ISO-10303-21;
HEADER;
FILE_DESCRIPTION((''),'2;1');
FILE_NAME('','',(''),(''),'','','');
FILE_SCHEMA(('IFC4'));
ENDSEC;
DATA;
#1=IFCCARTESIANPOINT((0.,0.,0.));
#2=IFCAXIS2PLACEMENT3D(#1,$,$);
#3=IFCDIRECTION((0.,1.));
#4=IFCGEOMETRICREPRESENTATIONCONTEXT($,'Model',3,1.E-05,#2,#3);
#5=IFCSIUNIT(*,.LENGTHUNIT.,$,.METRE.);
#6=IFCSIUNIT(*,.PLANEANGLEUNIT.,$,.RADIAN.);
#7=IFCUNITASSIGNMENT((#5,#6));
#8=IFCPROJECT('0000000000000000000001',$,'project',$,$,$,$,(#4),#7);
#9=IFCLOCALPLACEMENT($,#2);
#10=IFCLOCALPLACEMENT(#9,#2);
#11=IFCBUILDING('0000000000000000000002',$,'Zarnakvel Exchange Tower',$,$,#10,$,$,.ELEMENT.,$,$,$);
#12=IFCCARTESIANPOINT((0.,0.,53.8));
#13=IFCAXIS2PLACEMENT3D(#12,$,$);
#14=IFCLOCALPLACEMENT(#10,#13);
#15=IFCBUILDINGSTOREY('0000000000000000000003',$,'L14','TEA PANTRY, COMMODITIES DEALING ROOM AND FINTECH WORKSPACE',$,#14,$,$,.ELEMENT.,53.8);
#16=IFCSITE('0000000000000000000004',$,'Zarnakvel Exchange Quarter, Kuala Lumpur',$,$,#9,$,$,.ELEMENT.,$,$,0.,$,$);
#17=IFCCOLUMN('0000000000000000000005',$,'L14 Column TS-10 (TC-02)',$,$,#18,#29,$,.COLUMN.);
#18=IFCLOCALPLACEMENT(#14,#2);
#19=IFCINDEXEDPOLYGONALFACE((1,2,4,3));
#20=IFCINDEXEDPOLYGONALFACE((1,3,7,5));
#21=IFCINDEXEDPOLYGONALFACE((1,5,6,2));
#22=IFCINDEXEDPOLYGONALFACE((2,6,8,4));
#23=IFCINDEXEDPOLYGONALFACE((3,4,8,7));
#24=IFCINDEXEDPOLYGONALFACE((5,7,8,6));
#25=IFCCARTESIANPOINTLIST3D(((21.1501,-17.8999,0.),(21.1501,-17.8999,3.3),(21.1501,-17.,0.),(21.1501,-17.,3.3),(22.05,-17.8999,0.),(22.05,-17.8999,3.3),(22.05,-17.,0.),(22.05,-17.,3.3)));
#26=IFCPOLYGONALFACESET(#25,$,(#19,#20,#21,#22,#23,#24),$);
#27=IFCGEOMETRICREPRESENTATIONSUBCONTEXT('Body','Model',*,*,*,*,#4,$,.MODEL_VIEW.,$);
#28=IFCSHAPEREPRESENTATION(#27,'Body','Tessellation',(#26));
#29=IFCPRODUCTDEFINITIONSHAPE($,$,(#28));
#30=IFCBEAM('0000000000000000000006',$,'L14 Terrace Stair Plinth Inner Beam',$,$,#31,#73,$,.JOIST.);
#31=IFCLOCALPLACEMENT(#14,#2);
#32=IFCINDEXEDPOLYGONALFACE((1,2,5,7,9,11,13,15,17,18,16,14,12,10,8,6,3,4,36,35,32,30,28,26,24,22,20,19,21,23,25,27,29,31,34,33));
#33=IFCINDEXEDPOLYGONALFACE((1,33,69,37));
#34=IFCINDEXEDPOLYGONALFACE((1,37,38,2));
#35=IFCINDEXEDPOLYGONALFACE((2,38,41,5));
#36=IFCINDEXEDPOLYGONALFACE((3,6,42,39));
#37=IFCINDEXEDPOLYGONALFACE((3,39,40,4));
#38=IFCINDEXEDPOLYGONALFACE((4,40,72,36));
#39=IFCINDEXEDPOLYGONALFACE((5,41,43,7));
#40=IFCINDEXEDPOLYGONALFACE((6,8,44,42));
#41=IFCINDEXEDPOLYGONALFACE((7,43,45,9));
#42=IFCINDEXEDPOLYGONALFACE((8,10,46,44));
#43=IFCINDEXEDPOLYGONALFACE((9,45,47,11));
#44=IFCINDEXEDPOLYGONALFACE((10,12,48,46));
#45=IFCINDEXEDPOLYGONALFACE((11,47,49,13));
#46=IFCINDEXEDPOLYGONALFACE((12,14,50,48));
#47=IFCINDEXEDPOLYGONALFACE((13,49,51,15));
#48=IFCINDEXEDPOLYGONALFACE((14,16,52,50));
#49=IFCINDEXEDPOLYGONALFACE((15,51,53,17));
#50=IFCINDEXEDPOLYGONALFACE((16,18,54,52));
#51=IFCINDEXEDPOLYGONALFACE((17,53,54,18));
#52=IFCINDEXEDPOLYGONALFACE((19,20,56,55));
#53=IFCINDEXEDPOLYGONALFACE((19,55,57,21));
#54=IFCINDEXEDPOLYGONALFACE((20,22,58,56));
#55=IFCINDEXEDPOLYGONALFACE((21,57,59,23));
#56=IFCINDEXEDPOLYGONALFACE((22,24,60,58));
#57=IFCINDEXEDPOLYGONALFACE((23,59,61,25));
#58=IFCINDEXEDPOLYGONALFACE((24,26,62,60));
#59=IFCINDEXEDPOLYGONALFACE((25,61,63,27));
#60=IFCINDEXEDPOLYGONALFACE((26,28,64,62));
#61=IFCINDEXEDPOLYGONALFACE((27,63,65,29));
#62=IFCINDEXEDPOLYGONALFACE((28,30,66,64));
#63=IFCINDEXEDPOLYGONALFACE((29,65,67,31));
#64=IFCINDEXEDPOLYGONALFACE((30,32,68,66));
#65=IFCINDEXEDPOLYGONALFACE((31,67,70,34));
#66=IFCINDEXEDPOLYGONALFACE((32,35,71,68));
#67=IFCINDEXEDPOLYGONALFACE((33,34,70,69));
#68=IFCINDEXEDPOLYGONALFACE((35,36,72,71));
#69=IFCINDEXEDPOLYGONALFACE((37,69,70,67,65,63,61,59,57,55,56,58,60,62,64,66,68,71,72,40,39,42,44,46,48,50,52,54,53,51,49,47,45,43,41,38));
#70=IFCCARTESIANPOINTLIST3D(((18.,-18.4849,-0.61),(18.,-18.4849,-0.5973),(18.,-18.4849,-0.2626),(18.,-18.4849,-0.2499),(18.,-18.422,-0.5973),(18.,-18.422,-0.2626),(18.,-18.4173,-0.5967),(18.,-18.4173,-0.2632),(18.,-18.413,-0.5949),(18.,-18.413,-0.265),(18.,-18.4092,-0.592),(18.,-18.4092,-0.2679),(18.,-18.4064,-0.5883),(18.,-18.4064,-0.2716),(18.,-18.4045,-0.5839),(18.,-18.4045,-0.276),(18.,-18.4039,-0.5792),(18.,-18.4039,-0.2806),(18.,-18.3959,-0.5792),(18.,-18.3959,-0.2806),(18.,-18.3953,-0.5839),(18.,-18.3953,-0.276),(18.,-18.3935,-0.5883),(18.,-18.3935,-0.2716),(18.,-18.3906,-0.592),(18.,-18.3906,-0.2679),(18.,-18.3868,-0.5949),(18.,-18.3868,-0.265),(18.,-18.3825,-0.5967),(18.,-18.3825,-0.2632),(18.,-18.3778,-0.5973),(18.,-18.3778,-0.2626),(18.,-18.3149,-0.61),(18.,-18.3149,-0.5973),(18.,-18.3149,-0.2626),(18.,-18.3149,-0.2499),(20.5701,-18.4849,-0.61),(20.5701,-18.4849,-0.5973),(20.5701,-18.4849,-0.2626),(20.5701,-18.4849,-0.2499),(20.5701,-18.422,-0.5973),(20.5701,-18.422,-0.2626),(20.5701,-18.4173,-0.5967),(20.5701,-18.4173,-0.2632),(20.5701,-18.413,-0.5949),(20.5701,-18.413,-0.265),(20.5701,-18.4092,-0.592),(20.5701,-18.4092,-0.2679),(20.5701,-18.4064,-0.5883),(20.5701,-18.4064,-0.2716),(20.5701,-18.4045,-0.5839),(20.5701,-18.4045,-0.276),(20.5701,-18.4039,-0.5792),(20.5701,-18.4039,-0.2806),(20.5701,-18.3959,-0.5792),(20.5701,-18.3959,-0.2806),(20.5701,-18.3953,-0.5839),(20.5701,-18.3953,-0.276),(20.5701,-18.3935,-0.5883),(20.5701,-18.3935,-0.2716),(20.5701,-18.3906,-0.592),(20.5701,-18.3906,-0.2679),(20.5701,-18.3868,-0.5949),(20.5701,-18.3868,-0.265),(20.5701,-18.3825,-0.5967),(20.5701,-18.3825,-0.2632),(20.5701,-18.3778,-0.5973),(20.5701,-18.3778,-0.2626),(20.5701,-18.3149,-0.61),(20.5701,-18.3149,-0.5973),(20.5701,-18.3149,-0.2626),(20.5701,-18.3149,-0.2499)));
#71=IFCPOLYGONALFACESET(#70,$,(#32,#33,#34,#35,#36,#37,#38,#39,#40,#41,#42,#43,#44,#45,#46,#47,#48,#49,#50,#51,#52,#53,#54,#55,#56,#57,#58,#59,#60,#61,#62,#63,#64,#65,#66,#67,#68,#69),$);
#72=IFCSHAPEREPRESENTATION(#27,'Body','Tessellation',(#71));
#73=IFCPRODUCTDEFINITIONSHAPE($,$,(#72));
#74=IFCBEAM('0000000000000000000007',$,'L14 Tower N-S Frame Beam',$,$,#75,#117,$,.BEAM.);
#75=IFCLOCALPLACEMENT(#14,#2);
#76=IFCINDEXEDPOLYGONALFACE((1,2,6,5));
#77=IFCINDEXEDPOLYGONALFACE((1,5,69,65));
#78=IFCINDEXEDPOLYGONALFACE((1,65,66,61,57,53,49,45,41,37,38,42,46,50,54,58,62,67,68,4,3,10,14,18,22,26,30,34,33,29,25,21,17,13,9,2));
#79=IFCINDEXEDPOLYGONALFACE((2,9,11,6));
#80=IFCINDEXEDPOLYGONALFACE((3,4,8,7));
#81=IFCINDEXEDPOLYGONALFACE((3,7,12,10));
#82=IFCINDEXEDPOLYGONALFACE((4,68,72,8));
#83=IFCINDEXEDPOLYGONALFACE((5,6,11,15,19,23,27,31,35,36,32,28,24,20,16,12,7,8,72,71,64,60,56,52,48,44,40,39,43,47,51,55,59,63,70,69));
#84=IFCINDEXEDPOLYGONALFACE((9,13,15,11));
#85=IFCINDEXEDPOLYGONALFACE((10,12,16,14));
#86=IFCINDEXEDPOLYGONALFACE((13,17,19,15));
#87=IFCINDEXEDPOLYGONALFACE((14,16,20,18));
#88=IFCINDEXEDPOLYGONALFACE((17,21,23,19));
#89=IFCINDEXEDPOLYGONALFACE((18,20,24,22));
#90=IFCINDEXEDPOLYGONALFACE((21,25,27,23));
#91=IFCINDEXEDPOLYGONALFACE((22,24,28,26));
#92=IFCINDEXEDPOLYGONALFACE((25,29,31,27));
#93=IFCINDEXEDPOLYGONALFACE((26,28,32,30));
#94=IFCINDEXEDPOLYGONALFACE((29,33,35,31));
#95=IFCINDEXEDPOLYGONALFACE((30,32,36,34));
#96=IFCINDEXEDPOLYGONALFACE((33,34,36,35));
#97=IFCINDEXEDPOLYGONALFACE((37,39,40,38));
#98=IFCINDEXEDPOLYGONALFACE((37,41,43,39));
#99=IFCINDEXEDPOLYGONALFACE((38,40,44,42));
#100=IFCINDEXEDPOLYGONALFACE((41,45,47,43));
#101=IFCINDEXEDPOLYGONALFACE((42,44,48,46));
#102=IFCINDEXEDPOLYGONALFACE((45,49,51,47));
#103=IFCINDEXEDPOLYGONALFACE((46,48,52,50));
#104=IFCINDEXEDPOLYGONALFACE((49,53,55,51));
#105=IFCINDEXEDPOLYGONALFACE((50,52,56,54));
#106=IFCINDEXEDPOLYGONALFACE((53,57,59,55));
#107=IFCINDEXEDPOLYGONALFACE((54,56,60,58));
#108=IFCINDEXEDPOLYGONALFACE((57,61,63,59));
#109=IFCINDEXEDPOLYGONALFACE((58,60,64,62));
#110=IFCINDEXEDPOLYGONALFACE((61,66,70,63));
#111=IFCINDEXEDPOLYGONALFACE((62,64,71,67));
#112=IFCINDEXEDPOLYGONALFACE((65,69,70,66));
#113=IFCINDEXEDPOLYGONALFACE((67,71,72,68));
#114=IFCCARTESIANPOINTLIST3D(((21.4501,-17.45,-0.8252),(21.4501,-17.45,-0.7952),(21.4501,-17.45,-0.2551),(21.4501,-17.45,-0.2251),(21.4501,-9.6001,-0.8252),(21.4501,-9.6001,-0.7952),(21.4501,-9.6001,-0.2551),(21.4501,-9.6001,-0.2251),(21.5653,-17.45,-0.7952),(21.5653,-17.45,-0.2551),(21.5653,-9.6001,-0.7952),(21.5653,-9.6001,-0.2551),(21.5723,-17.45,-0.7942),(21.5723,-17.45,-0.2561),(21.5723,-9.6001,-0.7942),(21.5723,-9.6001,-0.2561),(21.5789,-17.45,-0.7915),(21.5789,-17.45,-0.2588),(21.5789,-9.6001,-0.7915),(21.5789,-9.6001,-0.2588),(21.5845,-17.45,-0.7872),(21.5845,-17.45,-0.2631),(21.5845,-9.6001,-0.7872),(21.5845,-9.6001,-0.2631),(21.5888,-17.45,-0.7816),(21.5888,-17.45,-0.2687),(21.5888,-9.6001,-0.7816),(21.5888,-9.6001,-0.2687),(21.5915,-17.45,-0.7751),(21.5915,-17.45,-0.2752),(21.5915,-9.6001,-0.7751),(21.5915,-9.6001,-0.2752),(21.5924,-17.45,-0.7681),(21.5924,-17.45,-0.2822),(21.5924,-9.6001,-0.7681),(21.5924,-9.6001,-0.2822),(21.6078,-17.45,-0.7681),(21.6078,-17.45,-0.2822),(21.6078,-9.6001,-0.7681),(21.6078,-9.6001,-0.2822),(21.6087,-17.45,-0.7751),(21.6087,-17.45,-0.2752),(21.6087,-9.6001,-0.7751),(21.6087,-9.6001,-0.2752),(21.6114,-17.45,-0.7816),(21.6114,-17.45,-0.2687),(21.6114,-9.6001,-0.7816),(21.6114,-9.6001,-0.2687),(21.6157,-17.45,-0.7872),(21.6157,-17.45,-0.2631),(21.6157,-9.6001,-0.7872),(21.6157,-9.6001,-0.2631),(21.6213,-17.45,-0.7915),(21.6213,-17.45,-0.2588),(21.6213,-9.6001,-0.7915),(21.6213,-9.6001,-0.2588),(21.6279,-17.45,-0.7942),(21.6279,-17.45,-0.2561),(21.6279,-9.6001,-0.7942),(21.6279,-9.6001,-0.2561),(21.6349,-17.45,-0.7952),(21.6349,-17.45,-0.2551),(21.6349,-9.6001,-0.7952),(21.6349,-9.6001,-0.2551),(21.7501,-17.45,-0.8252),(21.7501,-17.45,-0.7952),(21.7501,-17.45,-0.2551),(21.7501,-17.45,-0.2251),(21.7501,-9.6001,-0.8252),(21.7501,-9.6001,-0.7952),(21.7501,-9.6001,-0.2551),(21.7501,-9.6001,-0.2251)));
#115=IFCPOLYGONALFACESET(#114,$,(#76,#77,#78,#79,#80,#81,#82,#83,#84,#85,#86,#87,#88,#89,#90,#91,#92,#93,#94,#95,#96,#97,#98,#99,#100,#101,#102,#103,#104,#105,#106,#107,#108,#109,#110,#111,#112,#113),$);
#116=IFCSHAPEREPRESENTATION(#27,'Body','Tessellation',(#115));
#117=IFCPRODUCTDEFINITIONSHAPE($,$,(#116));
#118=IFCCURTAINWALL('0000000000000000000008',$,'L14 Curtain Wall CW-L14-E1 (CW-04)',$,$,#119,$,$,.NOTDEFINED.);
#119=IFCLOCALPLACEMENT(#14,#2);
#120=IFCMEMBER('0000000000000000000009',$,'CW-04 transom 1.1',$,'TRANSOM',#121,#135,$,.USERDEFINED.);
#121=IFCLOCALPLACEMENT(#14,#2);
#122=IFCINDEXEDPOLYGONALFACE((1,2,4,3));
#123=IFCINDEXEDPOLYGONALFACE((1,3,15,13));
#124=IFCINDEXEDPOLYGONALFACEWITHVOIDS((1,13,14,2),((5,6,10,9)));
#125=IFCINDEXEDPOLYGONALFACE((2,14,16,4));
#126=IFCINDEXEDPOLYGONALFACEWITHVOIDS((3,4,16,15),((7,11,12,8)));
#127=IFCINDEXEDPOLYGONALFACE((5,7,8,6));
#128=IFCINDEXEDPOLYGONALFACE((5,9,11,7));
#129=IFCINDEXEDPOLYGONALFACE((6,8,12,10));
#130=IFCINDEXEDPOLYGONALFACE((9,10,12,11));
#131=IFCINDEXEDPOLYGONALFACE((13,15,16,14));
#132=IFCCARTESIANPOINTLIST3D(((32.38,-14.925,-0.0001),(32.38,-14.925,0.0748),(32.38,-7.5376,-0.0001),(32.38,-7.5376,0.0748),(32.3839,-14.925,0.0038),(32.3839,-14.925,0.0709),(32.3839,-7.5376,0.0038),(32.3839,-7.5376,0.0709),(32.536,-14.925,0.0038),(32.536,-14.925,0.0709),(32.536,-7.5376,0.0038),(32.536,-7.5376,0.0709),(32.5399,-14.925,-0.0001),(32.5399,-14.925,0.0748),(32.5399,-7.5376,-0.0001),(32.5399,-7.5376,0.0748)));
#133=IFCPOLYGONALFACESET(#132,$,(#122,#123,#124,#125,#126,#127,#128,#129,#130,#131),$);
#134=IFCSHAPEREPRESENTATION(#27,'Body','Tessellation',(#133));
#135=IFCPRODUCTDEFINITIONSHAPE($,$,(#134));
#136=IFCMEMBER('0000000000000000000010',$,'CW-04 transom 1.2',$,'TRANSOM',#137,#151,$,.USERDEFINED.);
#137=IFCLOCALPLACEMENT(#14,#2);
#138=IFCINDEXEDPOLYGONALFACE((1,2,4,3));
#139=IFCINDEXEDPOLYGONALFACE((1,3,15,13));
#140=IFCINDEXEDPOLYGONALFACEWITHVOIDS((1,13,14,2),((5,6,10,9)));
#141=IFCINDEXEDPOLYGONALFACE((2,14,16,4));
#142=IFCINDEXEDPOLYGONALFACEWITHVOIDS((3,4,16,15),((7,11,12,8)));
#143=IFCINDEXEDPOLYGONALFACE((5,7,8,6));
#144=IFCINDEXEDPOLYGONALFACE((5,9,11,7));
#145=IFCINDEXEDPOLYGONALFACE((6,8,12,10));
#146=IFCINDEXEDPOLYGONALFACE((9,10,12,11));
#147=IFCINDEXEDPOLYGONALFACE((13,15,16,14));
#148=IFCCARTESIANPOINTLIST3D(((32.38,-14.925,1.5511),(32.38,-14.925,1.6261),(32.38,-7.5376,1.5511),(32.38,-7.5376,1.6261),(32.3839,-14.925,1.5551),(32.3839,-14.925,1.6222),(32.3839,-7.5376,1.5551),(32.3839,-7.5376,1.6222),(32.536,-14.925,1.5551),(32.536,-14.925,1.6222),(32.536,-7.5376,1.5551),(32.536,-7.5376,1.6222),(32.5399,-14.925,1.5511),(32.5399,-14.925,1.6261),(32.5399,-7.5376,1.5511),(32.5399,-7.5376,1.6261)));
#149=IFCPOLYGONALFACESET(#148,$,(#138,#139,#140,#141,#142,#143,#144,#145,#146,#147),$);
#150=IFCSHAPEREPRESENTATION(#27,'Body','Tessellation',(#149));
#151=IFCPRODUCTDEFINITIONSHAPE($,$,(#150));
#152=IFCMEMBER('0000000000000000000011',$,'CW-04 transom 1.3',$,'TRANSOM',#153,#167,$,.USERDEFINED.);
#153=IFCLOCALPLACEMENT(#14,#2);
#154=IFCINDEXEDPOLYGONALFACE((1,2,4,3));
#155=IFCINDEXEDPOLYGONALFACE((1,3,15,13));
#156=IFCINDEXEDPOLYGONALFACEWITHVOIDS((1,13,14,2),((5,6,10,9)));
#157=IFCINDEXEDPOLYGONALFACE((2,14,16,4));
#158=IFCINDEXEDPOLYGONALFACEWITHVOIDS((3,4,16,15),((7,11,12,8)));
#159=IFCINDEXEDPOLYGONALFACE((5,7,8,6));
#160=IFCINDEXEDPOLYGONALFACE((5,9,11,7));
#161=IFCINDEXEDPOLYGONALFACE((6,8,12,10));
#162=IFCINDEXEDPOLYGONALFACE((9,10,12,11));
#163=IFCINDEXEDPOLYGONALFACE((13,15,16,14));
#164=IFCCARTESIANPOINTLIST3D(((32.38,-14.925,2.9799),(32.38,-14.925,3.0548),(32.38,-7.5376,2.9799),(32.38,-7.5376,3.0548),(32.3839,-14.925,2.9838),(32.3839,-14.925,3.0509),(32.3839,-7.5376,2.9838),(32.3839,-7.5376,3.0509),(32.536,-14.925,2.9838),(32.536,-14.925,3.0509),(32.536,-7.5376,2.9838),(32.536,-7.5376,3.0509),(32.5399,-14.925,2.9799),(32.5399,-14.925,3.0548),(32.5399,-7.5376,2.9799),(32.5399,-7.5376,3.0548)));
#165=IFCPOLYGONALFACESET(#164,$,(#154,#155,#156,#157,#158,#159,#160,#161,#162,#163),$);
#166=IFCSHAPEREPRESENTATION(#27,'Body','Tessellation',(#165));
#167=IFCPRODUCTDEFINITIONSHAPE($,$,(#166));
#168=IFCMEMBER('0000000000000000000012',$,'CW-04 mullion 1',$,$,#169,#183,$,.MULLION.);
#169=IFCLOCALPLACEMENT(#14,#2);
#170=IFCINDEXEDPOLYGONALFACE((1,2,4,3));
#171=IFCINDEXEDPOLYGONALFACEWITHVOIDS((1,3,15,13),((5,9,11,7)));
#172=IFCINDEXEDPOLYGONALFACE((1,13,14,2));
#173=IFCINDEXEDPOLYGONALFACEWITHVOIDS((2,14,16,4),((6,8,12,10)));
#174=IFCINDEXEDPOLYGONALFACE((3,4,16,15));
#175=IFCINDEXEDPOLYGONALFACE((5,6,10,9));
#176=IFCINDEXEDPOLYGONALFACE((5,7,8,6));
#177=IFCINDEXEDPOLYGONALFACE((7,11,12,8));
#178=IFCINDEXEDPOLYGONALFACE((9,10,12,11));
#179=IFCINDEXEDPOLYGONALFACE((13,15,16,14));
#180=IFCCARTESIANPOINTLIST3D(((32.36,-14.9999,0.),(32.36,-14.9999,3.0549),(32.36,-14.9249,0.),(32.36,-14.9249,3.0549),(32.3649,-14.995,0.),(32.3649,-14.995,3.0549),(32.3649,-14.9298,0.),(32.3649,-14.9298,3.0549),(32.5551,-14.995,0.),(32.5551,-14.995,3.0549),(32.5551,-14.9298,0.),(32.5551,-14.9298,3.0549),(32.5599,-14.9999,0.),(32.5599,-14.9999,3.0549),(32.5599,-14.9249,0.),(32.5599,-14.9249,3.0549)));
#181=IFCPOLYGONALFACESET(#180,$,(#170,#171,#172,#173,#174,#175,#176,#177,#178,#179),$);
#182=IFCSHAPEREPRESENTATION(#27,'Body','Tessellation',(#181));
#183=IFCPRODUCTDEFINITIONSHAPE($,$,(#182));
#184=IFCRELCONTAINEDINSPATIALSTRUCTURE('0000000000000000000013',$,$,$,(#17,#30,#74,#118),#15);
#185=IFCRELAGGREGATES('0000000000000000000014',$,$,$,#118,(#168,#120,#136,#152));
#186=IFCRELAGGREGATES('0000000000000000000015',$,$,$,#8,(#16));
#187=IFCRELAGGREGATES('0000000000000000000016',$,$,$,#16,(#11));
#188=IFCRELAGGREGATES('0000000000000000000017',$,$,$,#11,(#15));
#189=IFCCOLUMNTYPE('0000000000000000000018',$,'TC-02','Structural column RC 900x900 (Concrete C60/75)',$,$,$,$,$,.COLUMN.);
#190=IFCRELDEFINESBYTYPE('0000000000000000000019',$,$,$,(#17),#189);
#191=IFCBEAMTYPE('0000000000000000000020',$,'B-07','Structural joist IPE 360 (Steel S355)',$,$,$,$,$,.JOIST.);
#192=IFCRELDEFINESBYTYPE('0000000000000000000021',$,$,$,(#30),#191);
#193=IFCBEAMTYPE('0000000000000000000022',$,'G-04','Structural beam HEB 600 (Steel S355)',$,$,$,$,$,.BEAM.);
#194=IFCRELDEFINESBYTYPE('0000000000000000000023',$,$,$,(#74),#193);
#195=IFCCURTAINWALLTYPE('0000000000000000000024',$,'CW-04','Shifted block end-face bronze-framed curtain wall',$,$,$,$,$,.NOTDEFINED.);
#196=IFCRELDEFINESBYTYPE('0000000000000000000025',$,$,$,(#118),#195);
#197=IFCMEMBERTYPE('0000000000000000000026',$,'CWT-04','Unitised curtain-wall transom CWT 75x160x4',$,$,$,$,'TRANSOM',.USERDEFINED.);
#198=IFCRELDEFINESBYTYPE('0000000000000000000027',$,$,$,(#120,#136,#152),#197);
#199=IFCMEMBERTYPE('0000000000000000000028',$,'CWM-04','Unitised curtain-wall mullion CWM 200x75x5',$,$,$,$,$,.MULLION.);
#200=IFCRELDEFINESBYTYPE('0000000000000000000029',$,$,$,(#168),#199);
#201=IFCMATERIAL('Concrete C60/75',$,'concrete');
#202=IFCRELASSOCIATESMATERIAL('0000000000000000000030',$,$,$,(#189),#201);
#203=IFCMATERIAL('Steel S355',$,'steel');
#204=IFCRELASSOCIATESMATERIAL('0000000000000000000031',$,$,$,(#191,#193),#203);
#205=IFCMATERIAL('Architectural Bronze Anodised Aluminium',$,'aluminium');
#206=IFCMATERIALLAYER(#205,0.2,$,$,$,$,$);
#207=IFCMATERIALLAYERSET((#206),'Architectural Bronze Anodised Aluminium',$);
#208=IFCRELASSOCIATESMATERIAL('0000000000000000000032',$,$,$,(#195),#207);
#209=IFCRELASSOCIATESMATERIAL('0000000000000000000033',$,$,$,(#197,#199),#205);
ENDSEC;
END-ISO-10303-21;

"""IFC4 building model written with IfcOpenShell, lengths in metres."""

from ifc_helpers import new_model, si_unit, direction, frame, origin, origin_2d, place, context, subcontext, project, spatial, rectangle, hollow_rectangle, i_section, extrude, source, transform, mapped, material, layer, layer_set, material_profile, profile_set, type_object, element, aggregate, save


model = new_model("IFC4")

# Units and contexts
model_context = context("Model", 3, precision=1e-05, world=origin(), true_north=direction((0.0, 1.0)))
body_context = subcontext(model_context, "Body", "Model", "MODEL_VIEW")
ifc_project = project(units=[si_unit("LENGTHUNIT", "METRE"), si_unit("PLANEANGLEUNIT", "RADIAN")], contexts=[model_context])

# Site, building, storey
site_placement = place(None, origin())
site = spatial("IfcSite", under=ifc_project, at=site_placement, Name="Zarnakvel Exchange Quarter, Kuala Lumpur", CompositionType="ELEMENT", RefElevation=0.0)
building_placement = place(site_placement, origin())
building = spatial("IfcBuilding", under=site, at=building_placement, Name="Zarnakvel Exchange Tower", CompositionType="ELEMENT")
storey_placement = place(building_placement, frame((0.0, 0.0, 53.8)))
storey = spatial("IfcBuildingStorey", under=building, at=storey_placement, Name="L14", Description="TEA PANTRY, COMMODITIES DEALING ROOM AND FINTECH WORKSPACE", CompositionType="ELEMENT", Elevation=53.8)

# Column
ifc_material_1 = material(Name="Concrete C60/75", Category="concrete")
ifc_material_profile_1 = material_profile(ifc_material_1, rectangle(XDim=0.8999, YDim=0.8999, at=origin_2d()))
ifc_profile_set_1 = profile_set([ifc_material_profile_1], Name="Concrete C60/75")
column_type = type_object("IfcColumnType", Name="TC-02", Description="Structural column RC 900x900 (Concrete C60/75)", PredefinedType="COLUMN", material=ifc_profile_set_1)
column_placement = place(storey_placement, frame((21.6001, -17.45, 0.0), z_axis=(0.0, 0.0, 1.0), x_axis=(1.0, 0.0, 0.0)))
element("IfcColumn", 1, at=column_placement, inside=storey, type_object=column_type, Name="L14 Column TS-10 (TC-02)", PredefinedType="COLUMN", context=body_context, shape_type="SweptSolid", body=[
    extrude(rectangle(XDim=0.8999, YDim=0.8999, at=origin_2d()), origin(), (0.0, 0.0, 1.0), 3.3),
])

# Beams
ifc_material_2 = material(Name="Steel S355", Category="steel")
ifc_material_profile_2 = material_profile(ifc_material_2, i_section(OverallWidth=0.1699, OverallDepth=0.3601, WebThickness=0.0081, FlangeThickness=0.0127, FilletRadius=0.0181, at=origin_2d()))
ifc_profile_set_2 = profile_set([ifc_material_profile_2], Name="Steel S355")
beam_type_1 = type_object("IfcBeamType", Name="B-07", Description="Structural joist IPE 360 (Steel S355)", PredefinedType="JOIST", material=ifc_profile_set_2)
beam_1_placement = place(storey_placement, frame((18.0, -18.3999, -0.4299), z_axis=(1.0, 0.0, 0.0), x_axis=(0.0, 1.0, 0.0)))
element("IfcBeam", 2, at=beam_1_placement, inside=storey, type_object=beam_type_1, Name="L14 Terrace Stair Plinth Inner Beam", PredefinedType="JOIST", context=body_context, shape_type="SweptSolid", body=[
    extrude(i_section(OverallWidth=0.1699, OverallDepth=0.3601, WebThickness=0.0081, FlangeThickness=0.0127, FilletRadius=0.0181, at=origin_2d()), origin(), (0.0, 0.0, 1.0), 2.5701),
])
ifc_material_profile_3 = material_profile(ifc_material_2, i_section(OverallWidth=0.3, OverallDepth=0.6001, WebThickness=0.0154, FlangeThickness=0.03, FilletRadius=0.0271, at=origin_2d()))
ifc_profile_set_3 = profile_set([ifc_material_profile_3], Name="Steel S355")
beam_type_2 = type_object("IfcBeamType", Name="G-04", Description="Structural beam HEB 600 (Steel S355)", PredefinedType="BEAM", material=ifc_profile_set_3)
beam_2_placement = place(storey_placement, frame((21.6001, -17.45, -0.5251), z_axis=(0.0, 1.0, 0.0), x_axis=(-1.0, 0.0, 0.0)))
element("IfcBeam", 3, at=beam_2_placement, inside=storey, type_object=beam_type_2, Name="L14 Tower N-S Frame Beam", PredefinedType="BEAM", context=body_context, shape_type="SweptSolid", body=[
    extrude(i_section(OverallWidth=0.3, OverallDepth=0.6001, WebThickness=0.0154, FlangeThickness=0.03, FilletRadius=0.0271, at=origin_2d()), origin(), (0.0, 0.0, 1.0), 7.8499),
])

# Curtain wall, members
ifc_material_3 = material(Name="Architectural Bronze Anodised Aluminium", Category="aluminium")
ifc_layer_1 = layer(ifc_material_3, 0.2)
ifc_layer_set_1 = layer_set([ifc_layer_1], Name="Architectural Bronze Anodised Aluminium")
curtain_wall_type = type_object("IfcCurtainWallType", Name="CW-04", Description="Shifted block end-face bronze-framed curtain wall", PredefinedType="NOTDEFINED", material=ifc_layer_set_1)
curtain_wall_placement = place(storey_placement, origin())
curtain_wall = element("IfcCurtainWall", 4, at=curtain_wall_placement, inside=storey, type_object=curtain_wall_type, Name="L14 Curtain Wall CW-L14-E1 (CW-04)", PredefinedType="NOTDEFINED")
ifc_material_profile_4 = material_profile(ifc_material_3, hollow_rectangle(XDim=0.1599, YDim=0.075, WallThickness=0.0039, at=origin_2d()))
ifc_profile_set_4 = profile_set([ifc_material_profile_4], Name="Architectural Bronze Anodised Aluminium")
member_type_1 = type_object("IfcMemberType", Name="CWT-04", Description="Unitised curtain-wall transom CWT 75x160x4", ElementType="TRANSOM", PredefinedType="USERDEFINED", material=ifc_profile_set_4)
shared_shape_1 = source(origin(), body_context, "Body", "SweptSolid", [
    extrude(hollow_rectangle(XDim=0.1599, YDim=0.075, WallThickness=0.0039, at=origin_2d()), origin(), (0.0, 0.0, 1.0), 7.3875),
])
member_1_placement = place(storey_placement, frame((32.46, -14.925, 0.0374), z_axis=(0.0, 1.0, 0.0), x_axis=(-1.0, 0.0, 0.0)))
member_1 = element("IfcMember", 5, at=member_1_placement, type_object=member_type_1, Name="CW-04 transom 1.1", ObjectType="TRANSOM", PredefinedType="USERDEFINED", context=body_context, shape_type="MappedRepresentation", body=[
    mapped(shared_shape_1, transform((0.0, 0.0, 0.0), x_axis=(1.0, 0.0, 0.0), y_axis=(0.0, 1.0, 0.0), z_axis=(0.0, 0.0, 1.0), scale=1.0)),
])
member_2_placement = place(storey_placement, frame((32.46, -14.925, 1.5886), z_axis=(0.0, 1.0, 0.0), x_axis=(-1.0, 0.0, 0.0)))
member_2 = element("IfcMember", 6, at=member_2_placement, type_object=member_type_1, Name="CW-04 transom 1.2", ObjectType="TRANSOM", PredefinedType="USERDEFINED", context=body_context, shape_type="MappedRepresentation", body=[
    mapped(shared_shape_1, transform((0.0, 0.0, 0.0), x_axis=(1.0, 0.0, 0.0), y_axis=(0.0, 1.0, 0.0), z_axis=(0.0, 0.0, 1.0), scale=1.0)),
])
member_3_placement = place(storey_placement, frame((32.46, -14.925, 3.0173), z_axis=(0.0, 1.0, 0.0), x_axis=(-1.0, 0.0, 0.0)))
member_3 = element("IfcMember", 7, at=member_3_placement, type_object=member_type_1, Name="CW-04 transom 1.3", ObjectType="TRANSOM", PredefinedType="USERDEFINED", context=body_context, shape_type="MappedRepresentation", body=[
    mapped(shared_shape_1, transform((0.0, 0.0, 0.0), x_axis=(1.0, 0.0, 0.0), y_axis=(0.0, 1.0, 0.0), z_axis=(0.0, 0.0, 1.0), scale=1.0)),
])
ifc_material_profile_5 = material_profile(ifc_material_3, hollow_rectangle(XDim=0.2, YDim=0.075, WallThickness=0.0049, at=origin_2d()))
ifc_profile_set_5 = profile_set([ifc_material_profile_5], Name="Architectural Bronze Anodised Aluminium")
member_type_2 = type_object("IfcMemberType", Name="CWM-04", Description="Unitised curtain-wall mullion CWM 200x75x5", PredefinedType="MULLION", material=ifc_profile_set_5)
shared_shape_2 = source(origin(), body_context, "Body", "SweptSolid", [
    extrude(hollow_rectangle(XDim=0.2, YDim=0.075, WallThickness=0.0049, at=origin_2d()), origin(), (0.0, 0.0, 1.0), 3.0549),
])
member_4_placement = place(storey_placement, frame((32.46, -14.9624, 0.0), z_axis=(0.0, 0.0, 1.0), x_axis=(-1.0, 0.0, 0.0)))
member_4 = element("IfcMember", 8, at=member_4_placement, type_object=member_type_2, Name="CW-04 mullion 1", PredefinedType="MULLION", context=body_context, shape_type="MappedRepresentation", body=[
    mapped(shared_shape_2, transform((0.0, 0.0, 0.0), x_axis=(1.0, 0.0, 0.0), y_axis=(0.0, 1.0, 0.0), z_axis=(0.0, 0.0, 1.0), scale=1.0)),
])
aggregate(curtain_wall, [member_4, member_1, member_2, member_3])

save(model, "model.ifc")
